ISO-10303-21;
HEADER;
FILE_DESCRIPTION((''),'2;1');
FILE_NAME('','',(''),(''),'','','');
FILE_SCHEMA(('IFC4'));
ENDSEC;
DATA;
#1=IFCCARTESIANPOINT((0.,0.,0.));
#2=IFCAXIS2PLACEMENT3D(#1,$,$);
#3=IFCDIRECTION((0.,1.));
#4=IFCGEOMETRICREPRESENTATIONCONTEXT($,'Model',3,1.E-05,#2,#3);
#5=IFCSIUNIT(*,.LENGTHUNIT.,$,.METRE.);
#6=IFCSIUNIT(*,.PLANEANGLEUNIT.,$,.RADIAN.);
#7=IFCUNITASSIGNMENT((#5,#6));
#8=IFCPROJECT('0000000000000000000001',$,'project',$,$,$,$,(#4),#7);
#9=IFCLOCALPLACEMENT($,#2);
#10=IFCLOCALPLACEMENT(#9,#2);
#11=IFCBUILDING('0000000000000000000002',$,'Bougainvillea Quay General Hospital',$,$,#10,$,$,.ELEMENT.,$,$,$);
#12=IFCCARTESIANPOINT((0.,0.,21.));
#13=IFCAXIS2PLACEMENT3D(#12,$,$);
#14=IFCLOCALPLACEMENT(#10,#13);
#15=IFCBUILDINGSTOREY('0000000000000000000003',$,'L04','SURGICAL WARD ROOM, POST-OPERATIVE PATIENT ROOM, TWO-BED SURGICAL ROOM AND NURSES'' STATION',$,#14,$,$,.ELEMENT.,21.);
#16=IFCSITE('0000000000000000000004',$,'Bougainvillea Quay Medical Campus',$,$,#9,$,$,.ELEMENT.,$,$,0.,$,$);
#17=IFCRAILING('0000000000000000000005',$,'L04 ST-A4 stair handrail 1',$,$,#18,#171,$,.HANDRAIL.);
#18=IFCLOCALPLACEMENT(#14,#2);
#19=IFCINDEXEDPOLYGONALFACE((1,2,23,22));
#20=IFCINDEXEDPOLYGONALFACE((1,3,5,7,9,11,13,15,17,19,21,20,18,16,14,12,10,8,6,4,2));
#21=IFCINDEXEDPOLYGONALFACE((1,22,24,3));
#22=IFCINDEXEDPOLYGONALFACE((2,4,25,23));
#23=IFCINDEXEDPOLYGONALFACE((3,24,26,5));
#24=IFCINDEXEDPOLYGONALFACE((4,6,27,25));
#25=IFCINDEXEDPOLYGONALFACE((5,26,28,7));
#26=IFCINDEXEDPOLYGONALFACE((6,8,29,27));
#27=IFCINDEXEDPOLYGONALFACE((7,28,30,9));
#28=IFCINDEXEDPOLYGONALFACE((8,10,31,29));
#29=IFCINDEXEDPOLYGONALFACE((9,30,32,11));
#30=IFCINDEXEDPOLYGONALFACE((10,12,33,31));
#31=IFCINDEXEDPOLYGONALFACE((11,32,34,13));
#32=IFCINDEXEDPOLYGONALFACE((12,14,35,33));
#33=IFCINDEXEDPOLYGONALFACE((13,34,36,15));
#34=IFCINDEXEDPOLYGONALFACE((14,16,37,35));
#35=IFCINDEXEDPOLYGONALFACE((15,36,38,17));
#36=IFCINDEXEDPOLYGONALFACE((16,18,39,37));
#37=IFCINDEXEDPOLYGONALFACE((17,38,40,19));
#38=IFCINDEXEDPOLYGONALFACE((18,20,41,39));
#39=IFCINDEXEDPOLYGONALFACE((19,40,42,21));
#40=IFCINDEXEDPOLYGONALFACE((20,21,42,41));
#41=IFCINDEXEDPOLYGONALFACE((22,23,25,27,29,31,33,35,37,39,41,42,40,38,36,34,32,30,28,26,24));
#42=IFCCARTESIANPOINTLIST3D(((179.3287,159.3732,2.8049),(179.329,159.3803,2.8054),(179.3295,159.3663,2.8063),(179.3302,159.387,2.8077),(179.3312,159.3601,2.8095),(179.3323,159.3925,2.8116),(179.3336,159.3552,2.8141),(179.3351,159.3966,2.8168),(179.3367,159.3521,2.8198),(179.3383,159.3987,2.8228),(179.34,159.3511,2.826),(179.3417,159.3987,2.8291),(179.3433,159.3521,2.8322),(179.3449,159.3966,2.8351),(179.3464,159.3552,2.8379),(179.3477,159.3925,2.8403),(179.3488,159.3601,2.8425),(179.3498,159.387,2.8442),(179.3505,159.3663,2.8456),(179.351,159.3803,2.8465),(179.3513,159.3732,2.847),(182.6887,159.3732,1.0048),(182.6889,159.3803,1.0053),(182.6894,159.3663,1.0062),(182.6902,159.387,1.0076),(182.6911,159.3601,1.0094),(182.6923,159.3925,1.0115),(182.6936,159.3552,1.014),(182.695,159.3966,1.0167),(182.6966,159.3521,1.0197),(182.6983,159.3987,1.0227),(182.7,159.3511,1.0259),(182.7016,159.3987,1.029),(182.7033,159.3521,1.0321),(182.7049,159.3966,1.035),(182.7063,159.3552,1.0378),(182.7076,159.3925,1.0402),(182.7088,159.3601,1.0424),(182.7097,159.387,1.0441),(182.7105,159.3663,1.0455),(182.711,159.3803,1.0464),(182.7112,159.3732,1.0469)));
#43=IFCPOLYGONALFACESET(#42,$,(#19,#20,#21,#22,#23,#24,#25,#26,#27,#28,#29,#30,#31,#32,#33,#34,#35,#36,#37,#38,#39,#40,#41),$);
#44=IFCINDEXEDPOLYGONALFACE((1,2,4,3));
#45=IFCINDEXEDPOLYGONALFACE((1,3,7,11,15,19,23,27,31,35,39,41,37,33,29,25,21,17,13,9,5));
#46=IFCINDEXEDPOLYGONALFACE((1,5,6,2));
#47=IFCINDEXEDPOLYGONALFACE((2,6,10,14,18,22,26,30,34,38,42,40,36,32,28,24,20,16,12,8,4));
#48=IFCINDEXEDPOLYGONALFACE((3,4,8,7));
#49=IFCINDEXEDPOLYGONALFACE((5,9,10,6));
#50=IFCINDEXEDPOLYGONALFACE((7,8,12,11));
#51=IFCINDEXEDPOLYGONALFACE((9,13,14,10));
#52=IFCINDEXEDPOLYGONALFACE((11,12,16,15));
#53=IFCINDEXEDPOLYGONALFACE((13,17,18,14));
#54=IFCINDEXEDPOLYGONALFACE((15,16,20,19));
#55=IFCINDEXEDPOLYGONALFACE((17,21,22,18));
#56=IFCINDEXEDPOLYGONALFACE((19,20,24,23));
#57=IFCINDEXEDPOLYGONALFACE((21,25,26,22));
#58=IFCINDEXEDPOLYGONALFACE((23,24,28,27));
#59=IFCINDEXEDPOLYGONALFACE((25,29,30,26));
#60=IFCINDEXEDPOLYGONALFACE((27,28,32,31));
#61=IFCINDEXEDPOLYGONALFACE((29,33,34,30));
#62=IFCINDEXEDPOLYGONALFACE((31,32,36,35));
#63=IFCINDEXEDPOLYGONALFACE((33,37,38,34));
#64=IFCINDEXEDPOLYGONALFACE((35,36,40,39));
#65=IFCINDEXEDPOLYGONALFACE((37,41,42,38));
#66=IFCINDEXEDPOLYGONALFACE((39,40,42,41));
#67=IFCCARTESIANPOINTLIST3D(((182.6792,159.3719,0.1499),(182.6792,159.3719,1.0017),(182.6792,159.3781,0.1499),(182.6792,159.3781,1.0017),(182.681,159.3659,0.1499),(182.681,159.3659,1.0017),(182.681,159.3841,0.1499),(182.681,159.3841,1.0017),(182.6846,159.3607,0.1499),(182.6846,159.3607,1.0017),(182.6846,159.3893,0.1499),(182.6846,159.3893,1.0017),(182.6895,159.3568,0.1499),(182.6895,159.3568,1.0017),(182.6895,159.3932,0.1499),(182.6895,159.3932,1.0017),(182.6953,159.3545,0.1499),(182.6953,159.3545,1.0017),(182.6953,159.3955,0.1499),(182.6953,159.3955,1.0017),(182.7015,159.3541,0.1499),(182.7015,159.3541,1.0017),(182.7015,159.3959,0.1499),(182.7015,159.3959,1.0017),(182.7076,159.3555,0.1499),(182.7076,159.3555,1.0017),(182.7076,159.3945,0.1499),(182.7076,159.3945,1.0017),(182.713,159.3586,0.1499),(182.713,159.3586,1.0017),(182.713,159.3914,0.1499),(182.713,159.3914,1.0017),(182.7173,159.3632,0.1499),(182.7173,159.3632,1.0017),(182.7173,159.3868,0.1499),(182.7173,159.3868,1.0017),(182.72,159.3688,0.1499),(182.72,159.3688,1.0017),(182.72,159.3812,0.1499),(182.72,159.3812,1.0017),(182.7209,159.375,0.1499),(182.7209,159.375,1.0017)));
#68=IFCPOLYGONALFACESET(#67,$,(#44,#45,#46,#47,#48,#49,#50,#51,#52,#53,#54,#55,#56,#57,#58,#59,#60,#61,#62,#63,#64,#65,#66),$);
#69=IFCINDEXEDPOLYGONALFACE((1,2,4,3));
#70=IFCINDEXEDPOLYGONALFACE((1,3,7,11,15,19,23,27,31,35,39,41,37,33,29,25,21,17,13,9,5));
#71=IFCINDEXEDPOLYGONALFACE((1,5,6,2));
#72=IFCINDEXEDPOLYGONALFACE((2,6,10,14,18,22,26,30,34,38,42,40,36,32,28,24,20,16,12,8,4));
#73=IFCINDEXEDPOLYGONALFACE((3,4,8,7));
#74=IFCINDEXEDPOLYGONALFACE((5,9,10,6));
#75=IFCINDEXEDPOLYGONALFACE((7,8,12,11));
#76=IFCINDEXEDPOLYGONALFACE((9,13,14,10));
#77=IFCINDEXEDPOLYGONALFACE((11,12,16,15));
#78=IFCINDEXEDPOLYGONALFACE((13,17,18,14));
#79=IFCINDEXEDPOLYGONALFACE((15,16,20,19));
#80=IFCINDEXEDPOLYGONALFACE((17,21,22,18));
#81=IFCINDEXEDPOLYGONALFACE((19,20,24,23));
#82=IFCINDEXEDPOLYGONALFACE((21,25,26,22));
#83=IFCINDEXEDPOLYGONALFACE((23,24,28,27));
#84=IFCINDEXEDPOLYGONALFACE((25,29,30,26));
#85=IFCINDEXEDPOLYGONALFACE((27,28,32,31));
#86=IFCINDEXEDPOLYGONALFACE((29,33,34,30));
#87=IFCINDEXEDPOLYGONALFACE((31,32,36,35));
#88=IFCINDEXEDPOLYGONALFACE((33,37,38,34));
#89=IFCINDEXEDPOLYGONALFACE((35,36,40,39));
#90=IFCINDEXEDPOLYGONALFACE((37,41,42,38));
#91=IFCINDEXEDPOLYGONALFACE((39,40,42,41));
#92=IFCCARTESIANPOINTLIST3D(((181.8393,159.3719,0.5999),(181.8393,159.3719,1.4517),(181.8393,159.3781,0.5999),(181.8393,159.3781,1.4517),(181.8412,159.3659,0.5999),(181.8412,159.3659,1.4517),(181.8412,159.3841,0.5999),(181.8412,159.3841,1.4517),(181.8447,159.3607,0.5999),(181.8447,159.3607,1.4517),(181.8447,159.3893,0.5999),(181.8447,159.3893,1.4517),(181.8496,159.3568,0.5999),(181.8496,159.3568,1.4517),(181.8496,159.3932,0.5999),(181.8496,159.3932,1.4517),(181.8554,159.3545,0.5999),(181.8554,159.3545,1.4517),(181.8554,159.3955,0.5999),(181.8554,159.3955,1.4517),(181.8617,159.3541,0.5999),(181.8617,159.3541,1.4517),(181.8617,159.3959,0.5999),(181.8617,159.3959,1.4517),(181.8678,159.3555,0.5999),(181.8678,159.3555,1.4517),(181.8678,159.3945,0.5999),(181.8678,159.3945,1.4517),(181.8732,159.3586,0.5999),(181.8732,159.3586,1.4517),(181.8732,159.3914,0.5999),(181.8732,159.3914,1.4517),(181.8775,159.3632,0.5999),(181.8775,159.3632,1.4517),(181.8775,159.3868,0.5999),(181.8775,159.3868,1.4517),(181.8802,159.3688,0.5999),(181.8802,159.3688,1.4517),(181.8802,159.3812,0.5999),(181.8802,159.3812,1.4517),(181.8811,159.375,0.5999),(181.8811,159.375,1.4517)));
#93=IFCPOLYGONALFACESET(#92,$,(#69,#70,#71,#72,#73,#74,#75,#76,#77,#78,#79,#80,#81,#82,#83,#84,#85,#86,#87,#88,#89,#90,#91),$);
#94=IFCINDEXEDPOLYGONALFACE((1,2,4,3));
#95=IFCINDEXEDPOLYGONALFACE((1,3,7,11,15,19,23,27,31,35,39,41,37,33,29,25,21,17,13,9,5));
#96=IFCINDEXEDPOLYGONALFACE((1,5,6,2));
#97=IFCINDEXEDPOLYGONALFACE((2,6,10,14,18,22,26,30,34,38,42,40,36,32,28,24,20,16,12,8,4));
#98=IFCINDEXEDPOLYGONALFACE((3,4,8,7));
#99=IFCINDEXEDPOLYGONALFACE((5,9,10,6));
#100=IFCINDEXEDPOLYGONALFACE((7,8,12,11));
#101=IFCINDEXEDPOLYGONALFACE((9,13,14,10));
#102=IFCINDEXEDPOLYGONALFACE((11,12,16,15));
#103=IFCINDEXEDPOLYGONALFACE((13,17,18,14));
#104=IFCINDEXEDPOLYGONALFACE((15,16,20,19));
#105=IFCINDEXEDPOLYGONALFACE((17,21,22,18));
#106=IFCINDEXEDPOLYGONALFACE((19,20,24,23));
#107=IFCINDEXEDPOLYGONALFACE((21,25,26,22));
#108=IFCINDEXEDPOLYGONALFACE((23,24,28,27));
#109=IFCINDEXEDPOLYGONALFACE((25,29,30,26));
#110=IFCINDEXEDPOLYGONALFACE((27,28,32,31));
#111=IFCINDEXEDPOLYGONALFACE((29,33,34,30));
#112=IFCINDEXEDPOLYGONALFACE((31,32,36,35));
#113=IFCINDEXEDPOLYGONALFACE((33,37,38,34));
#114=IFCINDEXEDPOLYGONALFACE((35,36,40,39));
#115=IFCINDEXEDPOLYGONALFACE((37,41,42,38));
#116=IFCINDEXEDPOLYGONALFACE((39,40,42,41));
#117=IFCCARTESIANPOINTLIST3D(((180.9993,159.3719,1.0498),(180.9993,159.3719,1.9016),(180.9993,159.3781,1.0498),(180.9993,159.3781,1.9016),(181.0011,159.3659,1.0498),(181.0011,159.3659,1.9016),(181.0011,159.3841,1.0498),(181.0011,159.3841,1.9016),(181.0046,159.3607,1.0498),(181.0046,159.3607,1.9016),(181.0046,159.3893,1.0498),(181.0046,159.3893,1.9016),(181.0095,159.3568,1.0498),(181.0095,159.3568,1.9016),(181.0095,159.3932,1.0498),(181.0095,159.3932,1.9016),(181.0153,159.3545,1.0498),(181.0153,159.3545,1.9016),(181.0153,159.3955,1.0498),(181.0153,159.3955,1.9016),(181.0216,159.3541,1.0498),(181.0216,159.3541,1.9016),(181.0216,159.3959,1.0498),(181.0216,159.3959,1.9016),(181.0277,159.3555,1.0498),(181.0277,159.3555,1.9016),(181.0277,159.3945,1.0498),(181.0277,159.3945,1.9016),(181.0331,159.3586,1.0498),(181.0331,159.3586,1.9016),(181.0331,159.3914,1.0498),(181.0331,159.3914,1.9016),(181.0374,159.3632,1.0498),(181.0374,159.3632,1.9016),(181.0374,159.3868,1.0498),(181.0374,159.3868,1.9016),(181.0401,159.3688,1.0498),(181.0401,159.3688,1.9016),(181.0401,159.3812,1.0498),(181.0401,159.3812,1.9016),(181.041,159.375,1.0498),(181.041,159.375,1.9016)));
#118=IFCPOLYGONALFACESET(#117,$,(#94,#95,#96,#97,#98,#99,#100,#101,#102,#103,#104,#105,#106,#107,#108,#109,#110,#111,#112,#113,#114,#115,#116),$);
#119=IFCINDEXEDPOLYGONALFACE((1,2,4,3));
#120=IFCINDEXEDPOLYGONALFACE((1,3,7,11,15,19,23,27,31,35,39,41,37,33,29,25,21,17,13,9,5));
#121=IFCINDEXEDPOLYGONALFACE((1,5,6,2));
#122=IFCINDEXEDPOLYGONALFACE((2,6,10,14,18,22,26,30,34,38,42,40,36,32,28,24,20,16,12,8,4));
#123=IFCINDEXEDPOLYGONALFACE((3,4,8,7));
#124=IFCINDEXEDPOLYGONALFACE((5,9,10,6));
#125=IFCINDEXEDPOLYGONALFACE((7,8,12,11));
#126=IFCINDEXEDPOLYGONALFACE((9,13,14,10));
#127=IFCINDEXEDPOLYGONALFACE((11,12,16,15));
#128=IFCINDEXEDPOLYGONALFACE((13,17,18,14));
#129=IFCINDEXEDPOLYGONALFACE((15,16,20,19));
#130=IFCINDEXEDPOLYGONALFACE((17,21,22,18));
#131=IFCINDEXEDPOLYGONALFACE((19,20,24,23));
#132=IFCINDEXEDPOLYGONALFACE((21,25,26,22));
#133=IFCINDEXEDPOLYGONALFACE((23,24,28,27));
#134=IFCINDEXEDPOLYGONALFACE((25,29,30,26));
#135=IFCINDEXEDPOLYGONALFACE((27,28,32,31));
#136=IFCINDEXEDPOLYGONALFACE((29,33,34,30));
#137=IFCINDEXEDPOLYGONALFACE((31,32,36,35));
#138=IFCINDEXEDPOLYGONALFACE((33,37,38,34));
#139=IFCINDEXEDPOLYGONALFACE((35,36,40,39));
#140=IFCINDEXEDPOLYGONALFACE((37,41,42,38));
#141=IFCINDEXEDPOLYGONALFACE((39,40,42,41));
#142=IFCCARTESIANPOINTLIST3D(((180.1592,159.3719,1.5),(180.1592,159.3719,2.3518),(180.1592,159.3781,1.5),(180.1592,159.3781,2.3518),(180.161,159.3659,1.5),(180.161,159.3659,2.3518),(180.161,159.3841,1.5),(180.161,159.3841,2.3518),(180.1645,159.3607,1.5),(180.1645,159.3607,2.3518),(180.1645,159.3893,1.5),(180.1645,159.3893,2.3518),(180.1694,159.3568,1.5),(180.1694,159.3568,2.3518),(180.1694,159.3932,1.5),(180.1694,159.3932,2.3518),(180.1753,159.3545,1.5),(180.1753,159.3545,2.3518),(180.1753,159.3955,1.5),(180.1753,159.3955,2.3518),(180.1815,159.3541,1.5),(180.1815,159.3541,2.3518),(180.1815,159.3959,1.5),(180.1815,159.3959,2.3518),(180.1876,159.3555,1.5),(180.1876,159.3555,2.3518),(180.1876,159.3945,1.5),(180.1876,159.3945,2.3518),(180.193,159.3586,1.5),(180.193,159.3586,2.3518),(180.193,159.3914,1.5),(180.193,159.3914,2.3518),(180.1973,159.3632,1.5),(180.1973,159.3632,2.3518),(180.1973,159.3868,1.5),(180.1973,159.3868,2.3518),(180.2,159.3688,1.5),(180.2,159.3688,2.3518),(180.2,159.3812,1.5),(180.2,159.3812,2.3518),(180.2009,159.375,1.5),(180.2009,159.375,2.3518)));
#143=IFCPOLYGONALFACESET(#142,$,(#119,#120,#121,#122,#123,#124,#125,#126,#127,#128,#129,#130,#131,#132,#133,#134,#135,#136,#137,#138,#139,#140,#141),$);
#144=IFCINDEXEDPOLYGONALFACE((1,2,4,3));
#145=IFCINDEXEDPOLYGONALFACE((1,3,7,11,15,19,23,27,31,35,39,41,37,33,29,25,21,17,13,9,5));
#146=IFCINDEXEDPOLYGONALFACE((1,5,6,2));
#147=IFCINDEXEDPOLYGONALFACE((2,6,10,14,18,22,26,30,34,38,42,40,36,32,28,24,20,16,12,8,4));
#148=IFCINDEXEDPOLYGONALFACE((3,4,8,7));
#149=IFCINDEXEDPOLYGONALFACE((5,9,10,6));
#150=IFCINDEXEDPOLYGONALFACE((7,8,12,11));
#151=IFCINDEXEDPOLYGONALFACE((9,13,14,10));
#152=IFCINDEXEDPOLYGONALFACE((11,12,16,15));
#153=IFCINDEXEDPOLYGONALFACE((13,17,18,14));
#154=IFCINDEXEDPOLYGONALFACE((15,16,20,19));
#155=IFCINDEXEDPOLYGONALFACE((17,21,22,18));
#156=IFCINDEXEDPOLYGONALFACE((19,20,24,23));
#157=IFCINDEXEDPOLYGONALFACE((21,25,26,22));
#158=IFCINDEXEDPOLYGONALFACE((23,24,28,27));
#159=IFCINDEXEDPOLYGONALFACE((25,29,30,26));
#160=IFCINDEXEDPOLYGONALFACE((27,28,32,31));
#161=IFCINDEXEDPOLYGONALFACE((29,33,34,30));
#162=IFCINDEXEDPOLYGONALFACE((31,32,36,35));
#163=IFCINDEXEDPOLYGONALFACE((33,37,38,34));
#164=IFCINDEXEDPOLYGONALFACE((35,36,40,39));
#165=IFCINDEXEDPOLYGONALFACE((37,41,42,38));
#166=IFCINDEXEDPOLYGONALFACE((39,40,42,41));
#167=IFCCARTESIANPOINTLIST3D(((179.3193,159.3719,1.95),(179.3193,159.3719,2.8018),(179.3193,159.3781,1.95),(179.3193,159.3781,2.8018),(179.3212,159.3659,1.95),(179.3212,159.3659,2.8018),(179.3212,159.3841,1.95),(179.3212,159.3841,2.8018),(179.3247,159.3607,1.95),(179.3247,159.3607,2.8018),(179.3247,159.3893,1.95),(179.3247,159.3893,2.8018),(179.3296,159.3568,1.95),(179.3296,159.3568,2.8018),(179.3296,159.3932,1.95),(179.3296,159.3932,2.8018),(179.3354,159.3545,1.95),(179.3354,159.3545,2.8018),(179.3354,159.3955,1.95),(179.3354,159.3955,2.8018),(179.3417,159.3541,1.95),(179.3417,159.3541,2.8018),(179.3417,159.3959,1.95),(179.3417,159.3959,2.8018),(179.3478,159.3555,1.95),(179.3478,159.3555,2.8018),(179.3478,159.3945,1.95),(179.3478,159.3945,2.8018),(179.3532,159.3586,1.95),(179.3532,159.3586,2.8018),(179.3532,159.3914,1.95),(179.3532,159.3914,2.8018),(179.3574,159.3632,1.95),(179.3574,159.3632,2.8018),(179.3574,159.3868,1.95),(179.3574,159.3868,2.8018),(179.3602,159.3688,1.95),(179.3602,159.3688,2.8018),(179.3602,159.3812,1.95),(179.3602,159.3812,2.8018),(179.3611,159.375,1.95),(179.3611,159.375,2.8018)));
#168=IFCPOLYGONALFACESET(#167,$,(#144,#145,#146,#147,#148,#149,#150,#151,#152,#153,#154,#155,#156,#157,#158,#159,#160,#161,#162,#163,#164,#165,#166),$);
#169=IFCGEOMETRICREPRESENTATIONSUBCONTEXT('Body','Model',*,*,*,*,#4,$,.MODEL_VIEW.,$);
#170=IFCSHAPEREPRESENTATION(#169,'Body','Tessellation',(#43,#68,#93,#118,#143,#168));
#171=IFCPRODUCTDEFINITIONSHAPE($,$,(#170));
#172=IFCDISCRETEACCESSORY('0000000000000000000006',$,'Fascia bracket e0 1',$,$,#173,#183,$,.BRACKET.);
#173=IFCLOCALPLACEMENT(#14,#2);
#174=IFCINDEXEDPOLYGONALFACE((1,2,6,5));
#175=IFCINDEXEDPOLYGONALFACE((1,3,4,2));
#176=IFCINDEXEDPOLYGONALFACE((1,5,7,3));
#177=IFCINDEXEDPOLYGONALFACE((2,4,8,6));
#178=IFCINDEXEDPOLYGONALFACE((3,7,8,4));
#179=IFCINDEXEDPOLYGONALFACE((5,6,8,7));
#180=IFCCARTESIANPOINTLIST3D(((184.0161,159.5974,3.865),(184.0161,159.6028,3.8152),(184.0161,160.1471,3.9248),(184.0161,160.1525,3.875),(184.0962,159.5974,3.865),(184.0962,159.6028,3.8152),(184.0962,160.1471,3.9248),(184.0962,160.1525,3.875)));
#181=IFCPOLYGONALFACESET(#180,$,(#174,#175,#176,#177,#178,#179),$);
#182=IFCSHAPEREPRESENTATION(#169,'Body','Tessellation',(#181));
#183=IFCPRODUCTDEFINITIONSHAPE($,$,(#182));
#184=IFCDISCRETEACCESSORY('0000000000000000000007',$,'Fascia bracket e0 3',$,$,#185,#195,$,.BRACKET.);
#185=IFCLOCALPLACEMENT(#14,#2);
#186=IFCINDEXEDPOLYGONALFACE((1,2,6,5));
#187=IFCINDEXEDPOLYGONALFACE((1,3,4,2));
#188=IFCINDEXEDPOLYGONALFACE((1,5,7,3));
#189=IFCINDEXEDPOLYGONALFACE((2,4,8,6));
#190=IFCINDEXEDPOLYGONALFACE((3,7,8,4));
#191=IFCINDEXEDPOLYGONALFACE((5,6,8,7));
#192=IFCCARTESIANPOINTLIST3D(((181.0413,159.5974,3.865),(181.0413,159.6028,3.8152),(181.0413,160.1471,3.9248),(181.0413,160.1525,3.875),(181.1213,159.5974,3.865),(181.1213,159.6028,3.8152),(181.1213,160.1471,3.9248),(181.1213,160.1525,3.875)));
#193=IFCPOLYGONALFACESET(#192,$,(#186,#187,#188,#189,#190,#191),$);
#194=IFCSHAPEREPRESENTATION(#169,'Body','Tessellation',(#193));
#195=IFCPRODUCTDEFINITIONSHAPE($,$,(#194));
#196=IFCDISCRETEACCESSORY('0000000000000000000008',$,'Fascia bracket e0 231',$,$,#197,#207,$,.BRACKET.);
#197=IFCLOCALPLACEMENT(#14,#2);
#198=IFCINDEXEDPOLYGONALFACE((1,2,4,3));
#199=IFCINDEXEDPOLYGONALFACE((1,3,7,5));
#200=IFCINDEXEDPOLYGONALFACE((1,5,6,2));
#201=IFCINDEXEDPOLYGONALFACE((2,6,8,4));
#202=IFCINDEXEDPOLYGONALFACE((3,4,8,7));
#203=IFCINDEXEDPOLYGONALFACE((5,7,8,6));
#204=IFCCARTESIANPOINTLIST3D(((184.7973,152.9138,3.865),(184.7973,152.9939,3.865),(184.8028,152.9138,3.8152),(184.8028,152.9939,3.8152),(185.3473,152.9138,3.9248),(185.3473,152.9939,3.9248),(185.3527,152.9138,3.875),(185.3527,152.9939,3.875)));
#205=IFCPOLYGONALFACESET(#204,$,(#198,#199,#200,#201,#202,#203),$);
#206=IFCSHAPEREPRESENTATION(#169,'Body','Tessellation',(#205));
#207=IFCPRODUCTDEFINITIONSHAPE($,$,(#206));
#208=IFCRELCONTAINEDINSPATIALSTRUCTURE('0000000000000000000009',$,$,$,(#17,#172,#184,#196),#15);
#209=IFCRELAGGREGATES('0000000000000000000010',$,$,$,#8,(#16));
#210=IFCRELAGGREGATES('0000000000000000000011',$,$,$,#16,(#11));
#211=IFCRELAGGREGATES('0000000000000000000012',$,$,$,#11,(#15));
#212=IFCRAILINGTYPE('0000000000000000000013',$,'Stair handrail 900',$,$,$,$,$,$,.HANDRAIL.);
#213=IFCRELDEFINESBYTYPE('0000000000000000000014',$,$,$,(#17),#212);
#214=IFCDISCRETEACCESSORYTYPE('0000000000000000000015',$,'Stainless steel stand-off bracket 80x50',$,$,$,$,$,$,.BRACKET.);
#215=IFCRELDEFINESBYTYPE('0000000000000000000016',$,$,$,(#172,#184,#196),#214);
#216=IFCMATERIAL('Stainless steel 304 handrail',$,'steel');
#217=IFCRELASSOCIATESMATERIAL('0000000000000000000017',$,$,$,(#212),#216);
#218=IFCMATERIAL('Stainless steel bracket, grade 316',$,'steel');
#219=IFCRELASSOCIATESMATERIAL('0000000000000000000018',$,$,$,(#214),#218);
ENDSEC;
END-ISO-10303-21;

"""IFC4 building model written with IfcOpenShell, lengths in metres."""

from ifc_helpers import new_model, si_unit, direction, frame, origin, origin_2d, place, context, subcontext, project, spatial, rectangle, circle, extrude, material, material_profile, profile_set, type_object, element, save


model = new_model("IFC4")

# Units and contexts
model_context = context("Model", 3, precision=1e-05, world=origin(), true_north=direction((0.0, 1.0)))
body_context = subcontext(model_context, "Body", "Model", "MODEL_VIEW")
ifc_project = project(units=[si_unit("LENGTHUNIT", "METRE"), si_unit("PLANEANGLEUNIT", "RADIAN")], contexts=[model_context])

# Site, building, storey
site_placement = place(None, origin())
site = spatial("IfcSite", under=ifc_project, at=site_placement, Name="Bougainvillea Quay Medical Campus", CompositionType="ELEMENT", RefElevation=0.0)
building_placement = place(site_placement, origin())
building = spatial("IfcBuilding", under=site, at=building_placement, Name="Bougainvillea Quay General Hospital", CompositionType="ELEMENT")
storey_placement = place(building_placement, frame((0.0, 0.0, 21.0)))
storey = spatial("IfcBuildingStorey", under=building, at=storey_placement, Name="L04", Description="SURGICAL WARD ROOM, POST-OPERATIVE PATIENT ROOM, TWO-BED SURGICAL ROOM AND NURSES' STATION", CompositionType="ELEMENT", Elevation=21.0)

# Railing
ifc_material_1 = material(Name="Stainless steel 304 handrail", Category="steel")
railing_type_1 = type_object("IfcRailingType", Name="Stair handrail 900", PredefinedType="HANDRAIL", material=ifc_material_1)
railing_1_placement = place(storey_placement, frame((182.7, 159.375, 0.1499)))
element("IfcRailing", 1, at=railing_1_placement, inside=storey, type_object=railing_type_1, Name="L04 ST-A4 stair handrail 1", PredefinedType="HANDRAIL", context=body_context, shape_type="SweptSolid", body=[
    extrude(circle(Radius=0.0239, at=origin_2d()), frame((0.0, 0.0, 0.876), z_axis=(-0.881467, 0.0, 0.472246), x_axis=(0.0, -1.0, 0.0)), (0.0, 0.0, 1.0), 3.8118),
    extrude(circle(Radius=0.021, at=origin_2d()), origin(), (0.0, 0.0, 1.0), 0.8518),
    extrude(circle(Radius=0.021, at=origin_2d()), frame((-0.8398, 0.0, 0.45)), (0.0, 0.0, 1.0), 0.8518),
    extrude(circle(Radius=0.021, at=origin_2d()), frame((-1.6799, 0.0, 0.8999)), (0.0, 0.0, 1.0), 0.8518),
    extrude(circle(Radius=0.021, at=origin_2d()), frame((-2.52, 0.0, 1.3501)), (0.0, 0.0, 1.0), 0.8518),
    extrude(circle(Radius=0.021, at=origin_2d()), frame((-3.3599, 0.0, 1.8)), (0.0, 0.0, 1.0), 0.8518),
])

# Discrete accessories
ifc_material_2 = material(Name="Stainless steel bracket, grade 316", Category="steel")
ifc_material_profile_1 = material_profile(ifc_material_2, rectangle(XDim=0.0801, YDim=0.05, at=origin_2d()))
ifc_profile_set_1 = profile_set([ifc_material_profile_1], Name="Stainless steel bracket, grade 316")
discrete_accessory_type = type_object("IfcDiscreteAccessoryType", Name="Stainless steel stand-off bracket 80x50", PredefinedType="BRACKET", material=ifc_profile_set_1)
for number, where, z_axis, x_axis, name in (
    (2, (184.0562, 159.6001, 3.8401), (0.0, 0.994134, 0.108154), (-1.0, 0.0, 0.0), "Fascia bracket e0 1"),
    (3, (181.0813, 159.6001, 3.8401), (0.0, 0.994134, 0.108154), (-1.0, 0.0, 0.0), "Fascia bracket e0 3"),
):
    element("IfcDiscreteAccessory", number, at=place(storey_placement, frame(where, z_axis=z_axis, x_axis=x_axis)), inside=storey, type_object=discrete_accessory_type, Name=name, PredefinedType="BRACKET", context=body_context, shape_type="SweptSolid", body=[
        extrude(rectangle(XDim=0.0801, YDim=0.05, at=origin_2d()), origin(), (0.0, 0.0, 1.0), 0.553),
    ])
for number, where, z_axis, x_axis, name in (
    (4, (184.8, 152.9539, 3.8401), (0.994139, 0.0, 0.108107), (0.0, 1.0, 0.0), "Fascia bracket e0 231"),
):
    element("IfcDiscreteAccessory", number, at=place(storey_placement, frame(where, z_axis=z_axis, x_axis=x_axis)), inside=storey, type_object=discrete_accessory_type, Name=name, PredefinedType="BRACKET", context=body_context, shape_type="SweptSolid", body=[
        extrude(rectangle(XDim=0.0801, YDim=0.05, at=origin_2d()), origin(), (0.0, 0.0, 1.0), 0.5532),
    ])

save(model, "model.ifc")
